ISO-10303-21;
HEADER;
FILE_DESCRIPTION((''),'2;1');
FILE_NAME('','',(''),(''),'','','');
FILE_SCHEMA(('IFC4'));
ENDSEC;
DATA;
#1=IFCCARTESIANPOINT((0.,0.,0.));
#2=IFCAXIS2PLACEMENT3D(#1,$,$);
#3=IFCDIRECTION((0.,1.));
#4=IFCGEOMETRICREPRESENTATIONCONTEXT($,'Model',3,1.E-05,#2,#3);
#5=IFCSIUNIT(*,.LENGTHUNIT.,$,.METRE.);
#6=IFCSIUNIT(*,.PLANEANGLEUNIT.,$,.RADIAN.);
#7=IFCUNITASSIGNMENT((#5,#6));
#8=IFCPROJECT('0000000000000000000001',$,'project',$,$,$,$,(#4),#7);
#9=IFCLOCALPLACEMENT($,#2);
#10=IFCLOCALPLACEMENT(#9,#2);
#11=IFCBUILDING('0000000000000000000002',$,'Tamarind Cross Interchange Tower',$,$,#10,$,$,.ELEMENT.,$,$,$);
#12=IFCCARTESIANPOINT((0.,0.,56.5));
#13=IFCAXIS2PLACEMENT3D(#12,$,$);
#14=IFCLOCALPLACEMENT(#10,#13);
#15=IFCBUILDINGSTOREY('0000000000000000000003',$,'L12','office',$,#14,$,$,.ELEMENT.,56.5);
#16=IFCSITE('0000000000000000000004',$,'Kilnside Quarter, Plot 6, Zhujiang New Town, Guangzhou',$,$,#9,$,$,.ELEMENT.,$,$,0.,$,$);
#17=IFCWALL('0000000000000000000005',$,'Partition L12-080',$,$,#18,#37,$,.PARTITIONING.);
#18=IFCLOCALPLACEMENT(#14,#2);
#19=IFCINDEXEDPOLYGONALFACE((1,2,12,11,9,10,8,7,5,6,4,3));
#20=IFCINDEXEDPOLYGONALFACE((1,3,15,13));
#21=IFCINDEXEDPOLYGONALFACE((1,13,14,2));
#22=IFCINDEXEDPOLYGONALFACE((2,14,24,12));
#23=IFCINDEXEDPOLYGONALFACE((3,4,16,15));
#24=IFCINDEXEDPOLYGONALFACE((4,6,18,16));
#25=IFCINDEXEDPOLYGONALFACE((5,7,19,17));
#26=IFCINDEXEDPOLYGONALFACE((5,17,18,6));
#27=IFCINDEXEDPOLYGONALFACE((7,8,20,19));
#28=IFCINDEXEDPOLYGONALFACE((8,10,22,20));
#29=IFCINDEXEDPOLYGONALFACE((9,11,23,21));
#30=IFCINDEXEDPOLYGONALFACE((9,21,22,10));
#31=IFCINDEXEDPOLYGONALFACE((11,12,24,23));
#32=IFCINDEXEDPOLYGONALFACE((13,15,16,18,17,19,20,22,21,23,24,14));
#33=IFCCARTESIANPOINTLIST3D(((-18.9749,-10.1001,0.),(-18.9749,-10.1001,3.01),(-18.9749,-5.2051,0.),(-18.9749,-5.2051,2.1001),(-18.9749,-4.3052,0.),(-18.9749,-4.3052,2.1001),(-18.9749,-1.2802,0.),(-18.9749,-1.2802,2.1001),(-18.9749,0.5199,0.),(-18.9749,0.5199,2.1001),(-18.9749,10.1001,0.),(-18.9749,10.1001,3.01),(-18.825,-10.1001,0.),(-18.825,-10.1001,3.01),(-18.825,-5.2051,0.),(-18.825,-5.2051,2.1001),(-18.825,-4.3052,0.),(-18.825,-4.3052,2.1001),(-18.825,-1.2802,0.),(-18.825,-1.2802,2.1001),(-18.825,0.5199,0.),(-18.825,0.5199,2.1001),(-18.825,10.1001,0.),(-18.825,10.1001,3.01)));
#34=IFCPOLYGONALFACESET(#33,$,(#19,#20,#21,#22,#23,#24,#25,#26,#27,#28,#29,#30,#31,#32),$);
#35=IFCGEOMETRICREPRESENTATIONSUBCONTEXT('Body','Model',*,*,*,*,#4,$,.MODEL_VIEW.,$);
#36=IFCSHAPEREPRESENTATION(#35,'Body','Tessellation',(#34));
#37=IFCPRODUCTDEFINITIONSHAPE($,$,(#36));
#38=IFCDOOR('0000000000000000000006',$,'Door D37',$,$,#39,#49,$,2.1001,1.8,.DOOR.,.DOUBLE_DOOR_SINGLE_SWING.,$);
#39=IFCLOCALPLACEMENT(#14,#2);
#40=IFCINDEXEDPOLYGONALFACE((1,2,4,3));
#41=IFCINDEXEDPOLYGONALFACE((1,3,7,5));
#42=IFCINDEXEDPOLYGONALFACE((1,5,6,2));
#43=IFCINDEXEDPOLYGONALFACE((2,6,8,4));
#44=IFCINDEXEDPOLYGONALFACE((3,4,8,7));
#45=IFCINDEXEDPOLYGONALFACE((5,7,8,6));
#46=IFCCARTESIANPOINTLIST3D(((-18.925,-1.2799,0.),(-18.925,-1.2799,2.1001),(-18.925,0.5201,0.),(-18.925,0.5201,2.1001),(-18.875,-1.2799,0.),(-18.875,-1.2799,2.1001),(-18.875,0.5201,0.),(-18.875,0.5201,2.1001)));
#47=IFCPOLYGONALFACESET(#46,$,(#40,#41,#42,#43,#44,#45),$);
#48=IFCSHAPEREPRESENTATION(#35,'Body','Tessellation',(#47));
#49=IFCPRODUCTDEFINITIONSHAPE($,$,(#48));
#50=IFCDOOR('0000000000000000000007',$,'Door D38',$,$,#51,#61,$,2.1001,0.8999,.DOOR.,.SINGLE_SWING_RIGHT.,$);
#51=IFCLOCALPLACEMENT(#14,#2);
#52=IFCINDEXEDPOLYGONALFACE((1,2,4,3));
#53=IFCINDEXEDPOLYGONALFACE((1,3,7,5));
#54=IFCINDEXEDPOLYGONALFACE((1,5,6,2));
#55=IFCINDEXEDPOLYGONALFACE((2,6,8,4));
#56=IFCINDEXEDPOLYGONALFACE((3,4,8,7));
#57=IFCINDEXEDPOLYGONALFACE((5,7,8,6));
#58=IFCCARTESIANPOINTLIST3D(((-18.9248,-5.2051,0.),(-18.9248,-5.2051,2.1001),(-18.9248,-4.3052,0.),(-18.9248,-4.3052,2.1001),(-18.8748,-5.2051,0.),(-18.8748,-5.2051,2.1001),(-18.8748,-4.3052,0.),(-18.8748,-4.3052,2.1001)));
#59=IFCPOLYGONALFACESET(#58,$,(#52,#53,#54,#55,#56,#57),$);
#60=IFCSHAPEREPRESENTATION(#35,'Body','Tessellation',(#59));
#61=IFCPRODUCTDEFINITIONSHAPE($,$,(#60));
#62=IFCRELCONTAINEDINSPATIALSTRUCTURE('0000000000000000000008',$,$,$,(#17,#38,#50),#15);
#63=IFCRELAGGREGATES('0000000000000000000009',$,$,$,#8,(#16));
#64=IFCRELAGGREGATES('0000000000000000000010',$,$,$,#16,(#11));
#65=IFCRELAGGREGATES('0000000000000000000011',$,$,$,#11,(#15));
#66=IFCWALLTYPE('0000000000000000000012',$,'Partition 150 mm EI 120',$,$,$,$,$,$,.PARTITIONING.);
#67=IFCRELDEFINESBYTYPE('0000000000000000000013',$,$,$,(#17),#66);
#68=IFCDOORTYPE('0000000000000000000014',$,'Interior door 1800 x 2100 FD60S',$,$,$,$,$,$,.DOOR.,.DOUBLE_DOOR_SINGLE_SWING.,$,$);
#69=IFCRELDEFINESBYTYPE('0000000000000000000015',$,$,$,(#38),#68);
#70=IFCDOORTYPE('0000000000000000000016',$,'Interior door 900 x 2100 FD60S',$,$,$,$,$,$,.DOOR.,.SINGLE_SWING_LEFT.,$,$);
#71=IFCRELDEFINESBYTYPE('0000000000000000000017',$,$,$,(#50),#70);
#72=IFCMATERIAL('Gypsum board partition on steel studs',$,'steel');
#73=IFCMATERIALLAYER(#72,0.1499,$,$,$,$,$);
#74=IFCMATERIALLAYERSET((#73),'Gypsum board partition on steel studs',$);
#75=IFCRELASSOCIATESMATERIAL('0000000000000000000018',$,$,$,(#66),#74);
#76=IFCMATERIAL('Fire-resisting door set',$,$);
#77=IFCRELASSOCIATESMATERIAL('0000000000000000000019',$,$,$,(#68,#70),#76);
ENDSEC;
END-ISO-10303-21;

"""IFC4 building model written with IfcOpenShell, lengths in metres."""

from ifc_helpers import new_model, si_unit, direction, frame, frame_2d, origin, place, context, subcontext, project, spatial, rectangle, extrude, material, layer, layer_set, type_object, element, fill, save


model = new_model("IFC4")

# Units and contexts
model_context = context("Model", 3, precision=1e-05, world=origin(), true_north=direction((0.0, 1.0)))
body_context = subcontext(model_context, "Body", "Model", "MODEL_VIEW")
ifc_project = project(units=[si_unit("LENGTHUNIT", "METRE"), si_unit("PLANEANGLEUNIT", "RADIAN")], contexts=[model_context])

# Site, building, storey
site_placement = place(None, origin())
site = spatial("IfcSite", under=ifc_project, at=site_placement, Name="Kilnside Quarter, Plot 6, Zhujiang New Town, Guangzhou", CompositionType="ELEMENT", RefElevation=0.0)
building_placement = place(site_placement, origin())
building = spatial("IfcBuilding", under=site, at=building_placement, Name="Tamarind Cross Interchange Tower", CompositionType="ELEMENT")
storey_placement = place(building_placement, frame((0.0, 0.0, 56.5)))
storey = spatial("IfcBuildingStorey", under=building, at=storey_placement, Name="L12", Description="office", CompositionType="ELEMENT", Elevation=56.5)

# Shared definitions
ifc_material_1 = material(Name="Gypsum board partition on steel studs", Category="steel")
ifc_layer_1 = layer(ifc_material_1, 0.1499)
ifc_layer_set_1 = layer_set([ifc_layer_1], Name="Gypsum board partition on steel studs")
wall_type_1 = type_object("IfcWallType", Name="Partition 150 mm EI 120", PredefinedType="PARTITIONING", material=ifc_layer_set_1)

# Wall, openings, doors
ifc_material_2 = material(Name="Fire-resisting door set")
door_type_1 = type_object("IfcDoorType", Name="Interior door 1800 x 2100 FD60S", OperationType="DOUBLE_DOOR_SINGLE_SWING", PredefinedType="DOOR", material=ifc_material_2)
wall_1_placement = place(storey_placement, frame((-18.8999, -10.1001, 0.0), z_axis=(0.0, 0.0, 1.0), x_axis=(0.0, 1.0, 0.0)))
wall_1 = element("IfcWall", 1, at=wall_1_placement, inside=storey, type_object=wall_type_1, Name="Partition L12-080", PredefinedType="PARTITIONING", context=body_context, shape_type="SweptSolid", body=[
    extrude(rectangle(XDim=20.2002, YDim=0.1499, at=frame_2d((10.1001, 0.0))), origin(), (0.0, 0.0, 1.0), 3.01),
])
opening_1_placement = place(wall_1_placement, frame((8.8201, 0.0, 0.0)))
opening_1 = element("IfcOpeningElement", 2, at=opening_1_placement, cuts=wall_1, PredefinedType="OPENING", context=body_context, shape_type="SweptSolid", body=[
    extrude(rectangle(XDim=1.8, YDim=2.1001, at=frame_2d((0.8999, 1.05))), frame((0.0, 0.085, 0.0), z_axis=(0.0, -1.0, 0.0), x_axis=(1.0, 0.0, 0.0)), (0.0, 0.0, 1.0), 0.1699),
])
opening_2_placement = place(wall_1_placement, frame((4.895, 0.0, 0.0)))
opening_2 = element("IfcOpeningElement", 3, at=opening_2_placement, cuts=wall_1, PredefinedType="OPENING", context=body_context, shape_type="SweptSolid", body=[
    extrude(rectangle(XDim=0.8999, YDim=2.1001, at=frame_2d((0.45, 1.05))), frame((0.0, 0.085, 0.0), z_axis=(0.0, -1.0, 0.0), x_axis=(1.0, 0.0, 0.0)), (0.0, 0.0, 1.0), 0.1699),
])
door_1_placement = place(opening_1_placement, frame((1.8, 0.0, 0.0), z_axis=(0.0, 0.0, 1.0), x_axis=(-1.0, 0.0, 0.0)))
door_1 = element("IfcDoor", 4, at=door_1_placement, inside=storey, type_object=door_type_1, Name="Door D37", OperationType="DOUBLE_DOOR_SINGLE_SWING", OverallHeight=2.1001, OverallWidth=1.8, PredefinedType="DOOR", context=body_context, shape_type="SweptSolid", body=[
    extrude(rectangle(XDim=1.8, YDim=2.1001, at=frame_2d((0.8999, 1.05))), frame((0.0, 0.0249, 0.0), z_axis=(0.0, -1.0, 0.0), x_axis=(1.0, 0.0, 0.0)), (0.0, 0.0, 1.0), 0.05),
])
fill(opening_1, door_1)
door_type_2 = type_object("IfcDoorType", Name="Interior door 900 x 2100 FD60S", OperationType="SINGLE_SWING_LEFT", PredefinedType="DOOR", material=ifc_material_2)
door_2_placement = place(opening_2_placement, origin())
door_2 = element("IfcDoor", 5, at=door_2_placement, inside=storey, type_object=door_type_2, Name="Door D38", OperationType="SINGLE_SWING_RIGHT", OverallHeight=2.1001, OverallWidth=0.8999, PredefinedType="DOOR", context=body_context, shape_type="SweptSolid", body=[
    extrude(rectangle(XDim=0.8999, YDim=2.1001, at=frame_2d((0.45, 1.05))), frame((0.0, 0.0249, 0.0), z_axis=(0.0, -1.0, 0.0), x_axis=(1.0, 0.0, 0.0)), (0.0, 0.0, 1.0), 0.05),
])
fill(opening_2, door_2)

save(model, "model.ifc")
